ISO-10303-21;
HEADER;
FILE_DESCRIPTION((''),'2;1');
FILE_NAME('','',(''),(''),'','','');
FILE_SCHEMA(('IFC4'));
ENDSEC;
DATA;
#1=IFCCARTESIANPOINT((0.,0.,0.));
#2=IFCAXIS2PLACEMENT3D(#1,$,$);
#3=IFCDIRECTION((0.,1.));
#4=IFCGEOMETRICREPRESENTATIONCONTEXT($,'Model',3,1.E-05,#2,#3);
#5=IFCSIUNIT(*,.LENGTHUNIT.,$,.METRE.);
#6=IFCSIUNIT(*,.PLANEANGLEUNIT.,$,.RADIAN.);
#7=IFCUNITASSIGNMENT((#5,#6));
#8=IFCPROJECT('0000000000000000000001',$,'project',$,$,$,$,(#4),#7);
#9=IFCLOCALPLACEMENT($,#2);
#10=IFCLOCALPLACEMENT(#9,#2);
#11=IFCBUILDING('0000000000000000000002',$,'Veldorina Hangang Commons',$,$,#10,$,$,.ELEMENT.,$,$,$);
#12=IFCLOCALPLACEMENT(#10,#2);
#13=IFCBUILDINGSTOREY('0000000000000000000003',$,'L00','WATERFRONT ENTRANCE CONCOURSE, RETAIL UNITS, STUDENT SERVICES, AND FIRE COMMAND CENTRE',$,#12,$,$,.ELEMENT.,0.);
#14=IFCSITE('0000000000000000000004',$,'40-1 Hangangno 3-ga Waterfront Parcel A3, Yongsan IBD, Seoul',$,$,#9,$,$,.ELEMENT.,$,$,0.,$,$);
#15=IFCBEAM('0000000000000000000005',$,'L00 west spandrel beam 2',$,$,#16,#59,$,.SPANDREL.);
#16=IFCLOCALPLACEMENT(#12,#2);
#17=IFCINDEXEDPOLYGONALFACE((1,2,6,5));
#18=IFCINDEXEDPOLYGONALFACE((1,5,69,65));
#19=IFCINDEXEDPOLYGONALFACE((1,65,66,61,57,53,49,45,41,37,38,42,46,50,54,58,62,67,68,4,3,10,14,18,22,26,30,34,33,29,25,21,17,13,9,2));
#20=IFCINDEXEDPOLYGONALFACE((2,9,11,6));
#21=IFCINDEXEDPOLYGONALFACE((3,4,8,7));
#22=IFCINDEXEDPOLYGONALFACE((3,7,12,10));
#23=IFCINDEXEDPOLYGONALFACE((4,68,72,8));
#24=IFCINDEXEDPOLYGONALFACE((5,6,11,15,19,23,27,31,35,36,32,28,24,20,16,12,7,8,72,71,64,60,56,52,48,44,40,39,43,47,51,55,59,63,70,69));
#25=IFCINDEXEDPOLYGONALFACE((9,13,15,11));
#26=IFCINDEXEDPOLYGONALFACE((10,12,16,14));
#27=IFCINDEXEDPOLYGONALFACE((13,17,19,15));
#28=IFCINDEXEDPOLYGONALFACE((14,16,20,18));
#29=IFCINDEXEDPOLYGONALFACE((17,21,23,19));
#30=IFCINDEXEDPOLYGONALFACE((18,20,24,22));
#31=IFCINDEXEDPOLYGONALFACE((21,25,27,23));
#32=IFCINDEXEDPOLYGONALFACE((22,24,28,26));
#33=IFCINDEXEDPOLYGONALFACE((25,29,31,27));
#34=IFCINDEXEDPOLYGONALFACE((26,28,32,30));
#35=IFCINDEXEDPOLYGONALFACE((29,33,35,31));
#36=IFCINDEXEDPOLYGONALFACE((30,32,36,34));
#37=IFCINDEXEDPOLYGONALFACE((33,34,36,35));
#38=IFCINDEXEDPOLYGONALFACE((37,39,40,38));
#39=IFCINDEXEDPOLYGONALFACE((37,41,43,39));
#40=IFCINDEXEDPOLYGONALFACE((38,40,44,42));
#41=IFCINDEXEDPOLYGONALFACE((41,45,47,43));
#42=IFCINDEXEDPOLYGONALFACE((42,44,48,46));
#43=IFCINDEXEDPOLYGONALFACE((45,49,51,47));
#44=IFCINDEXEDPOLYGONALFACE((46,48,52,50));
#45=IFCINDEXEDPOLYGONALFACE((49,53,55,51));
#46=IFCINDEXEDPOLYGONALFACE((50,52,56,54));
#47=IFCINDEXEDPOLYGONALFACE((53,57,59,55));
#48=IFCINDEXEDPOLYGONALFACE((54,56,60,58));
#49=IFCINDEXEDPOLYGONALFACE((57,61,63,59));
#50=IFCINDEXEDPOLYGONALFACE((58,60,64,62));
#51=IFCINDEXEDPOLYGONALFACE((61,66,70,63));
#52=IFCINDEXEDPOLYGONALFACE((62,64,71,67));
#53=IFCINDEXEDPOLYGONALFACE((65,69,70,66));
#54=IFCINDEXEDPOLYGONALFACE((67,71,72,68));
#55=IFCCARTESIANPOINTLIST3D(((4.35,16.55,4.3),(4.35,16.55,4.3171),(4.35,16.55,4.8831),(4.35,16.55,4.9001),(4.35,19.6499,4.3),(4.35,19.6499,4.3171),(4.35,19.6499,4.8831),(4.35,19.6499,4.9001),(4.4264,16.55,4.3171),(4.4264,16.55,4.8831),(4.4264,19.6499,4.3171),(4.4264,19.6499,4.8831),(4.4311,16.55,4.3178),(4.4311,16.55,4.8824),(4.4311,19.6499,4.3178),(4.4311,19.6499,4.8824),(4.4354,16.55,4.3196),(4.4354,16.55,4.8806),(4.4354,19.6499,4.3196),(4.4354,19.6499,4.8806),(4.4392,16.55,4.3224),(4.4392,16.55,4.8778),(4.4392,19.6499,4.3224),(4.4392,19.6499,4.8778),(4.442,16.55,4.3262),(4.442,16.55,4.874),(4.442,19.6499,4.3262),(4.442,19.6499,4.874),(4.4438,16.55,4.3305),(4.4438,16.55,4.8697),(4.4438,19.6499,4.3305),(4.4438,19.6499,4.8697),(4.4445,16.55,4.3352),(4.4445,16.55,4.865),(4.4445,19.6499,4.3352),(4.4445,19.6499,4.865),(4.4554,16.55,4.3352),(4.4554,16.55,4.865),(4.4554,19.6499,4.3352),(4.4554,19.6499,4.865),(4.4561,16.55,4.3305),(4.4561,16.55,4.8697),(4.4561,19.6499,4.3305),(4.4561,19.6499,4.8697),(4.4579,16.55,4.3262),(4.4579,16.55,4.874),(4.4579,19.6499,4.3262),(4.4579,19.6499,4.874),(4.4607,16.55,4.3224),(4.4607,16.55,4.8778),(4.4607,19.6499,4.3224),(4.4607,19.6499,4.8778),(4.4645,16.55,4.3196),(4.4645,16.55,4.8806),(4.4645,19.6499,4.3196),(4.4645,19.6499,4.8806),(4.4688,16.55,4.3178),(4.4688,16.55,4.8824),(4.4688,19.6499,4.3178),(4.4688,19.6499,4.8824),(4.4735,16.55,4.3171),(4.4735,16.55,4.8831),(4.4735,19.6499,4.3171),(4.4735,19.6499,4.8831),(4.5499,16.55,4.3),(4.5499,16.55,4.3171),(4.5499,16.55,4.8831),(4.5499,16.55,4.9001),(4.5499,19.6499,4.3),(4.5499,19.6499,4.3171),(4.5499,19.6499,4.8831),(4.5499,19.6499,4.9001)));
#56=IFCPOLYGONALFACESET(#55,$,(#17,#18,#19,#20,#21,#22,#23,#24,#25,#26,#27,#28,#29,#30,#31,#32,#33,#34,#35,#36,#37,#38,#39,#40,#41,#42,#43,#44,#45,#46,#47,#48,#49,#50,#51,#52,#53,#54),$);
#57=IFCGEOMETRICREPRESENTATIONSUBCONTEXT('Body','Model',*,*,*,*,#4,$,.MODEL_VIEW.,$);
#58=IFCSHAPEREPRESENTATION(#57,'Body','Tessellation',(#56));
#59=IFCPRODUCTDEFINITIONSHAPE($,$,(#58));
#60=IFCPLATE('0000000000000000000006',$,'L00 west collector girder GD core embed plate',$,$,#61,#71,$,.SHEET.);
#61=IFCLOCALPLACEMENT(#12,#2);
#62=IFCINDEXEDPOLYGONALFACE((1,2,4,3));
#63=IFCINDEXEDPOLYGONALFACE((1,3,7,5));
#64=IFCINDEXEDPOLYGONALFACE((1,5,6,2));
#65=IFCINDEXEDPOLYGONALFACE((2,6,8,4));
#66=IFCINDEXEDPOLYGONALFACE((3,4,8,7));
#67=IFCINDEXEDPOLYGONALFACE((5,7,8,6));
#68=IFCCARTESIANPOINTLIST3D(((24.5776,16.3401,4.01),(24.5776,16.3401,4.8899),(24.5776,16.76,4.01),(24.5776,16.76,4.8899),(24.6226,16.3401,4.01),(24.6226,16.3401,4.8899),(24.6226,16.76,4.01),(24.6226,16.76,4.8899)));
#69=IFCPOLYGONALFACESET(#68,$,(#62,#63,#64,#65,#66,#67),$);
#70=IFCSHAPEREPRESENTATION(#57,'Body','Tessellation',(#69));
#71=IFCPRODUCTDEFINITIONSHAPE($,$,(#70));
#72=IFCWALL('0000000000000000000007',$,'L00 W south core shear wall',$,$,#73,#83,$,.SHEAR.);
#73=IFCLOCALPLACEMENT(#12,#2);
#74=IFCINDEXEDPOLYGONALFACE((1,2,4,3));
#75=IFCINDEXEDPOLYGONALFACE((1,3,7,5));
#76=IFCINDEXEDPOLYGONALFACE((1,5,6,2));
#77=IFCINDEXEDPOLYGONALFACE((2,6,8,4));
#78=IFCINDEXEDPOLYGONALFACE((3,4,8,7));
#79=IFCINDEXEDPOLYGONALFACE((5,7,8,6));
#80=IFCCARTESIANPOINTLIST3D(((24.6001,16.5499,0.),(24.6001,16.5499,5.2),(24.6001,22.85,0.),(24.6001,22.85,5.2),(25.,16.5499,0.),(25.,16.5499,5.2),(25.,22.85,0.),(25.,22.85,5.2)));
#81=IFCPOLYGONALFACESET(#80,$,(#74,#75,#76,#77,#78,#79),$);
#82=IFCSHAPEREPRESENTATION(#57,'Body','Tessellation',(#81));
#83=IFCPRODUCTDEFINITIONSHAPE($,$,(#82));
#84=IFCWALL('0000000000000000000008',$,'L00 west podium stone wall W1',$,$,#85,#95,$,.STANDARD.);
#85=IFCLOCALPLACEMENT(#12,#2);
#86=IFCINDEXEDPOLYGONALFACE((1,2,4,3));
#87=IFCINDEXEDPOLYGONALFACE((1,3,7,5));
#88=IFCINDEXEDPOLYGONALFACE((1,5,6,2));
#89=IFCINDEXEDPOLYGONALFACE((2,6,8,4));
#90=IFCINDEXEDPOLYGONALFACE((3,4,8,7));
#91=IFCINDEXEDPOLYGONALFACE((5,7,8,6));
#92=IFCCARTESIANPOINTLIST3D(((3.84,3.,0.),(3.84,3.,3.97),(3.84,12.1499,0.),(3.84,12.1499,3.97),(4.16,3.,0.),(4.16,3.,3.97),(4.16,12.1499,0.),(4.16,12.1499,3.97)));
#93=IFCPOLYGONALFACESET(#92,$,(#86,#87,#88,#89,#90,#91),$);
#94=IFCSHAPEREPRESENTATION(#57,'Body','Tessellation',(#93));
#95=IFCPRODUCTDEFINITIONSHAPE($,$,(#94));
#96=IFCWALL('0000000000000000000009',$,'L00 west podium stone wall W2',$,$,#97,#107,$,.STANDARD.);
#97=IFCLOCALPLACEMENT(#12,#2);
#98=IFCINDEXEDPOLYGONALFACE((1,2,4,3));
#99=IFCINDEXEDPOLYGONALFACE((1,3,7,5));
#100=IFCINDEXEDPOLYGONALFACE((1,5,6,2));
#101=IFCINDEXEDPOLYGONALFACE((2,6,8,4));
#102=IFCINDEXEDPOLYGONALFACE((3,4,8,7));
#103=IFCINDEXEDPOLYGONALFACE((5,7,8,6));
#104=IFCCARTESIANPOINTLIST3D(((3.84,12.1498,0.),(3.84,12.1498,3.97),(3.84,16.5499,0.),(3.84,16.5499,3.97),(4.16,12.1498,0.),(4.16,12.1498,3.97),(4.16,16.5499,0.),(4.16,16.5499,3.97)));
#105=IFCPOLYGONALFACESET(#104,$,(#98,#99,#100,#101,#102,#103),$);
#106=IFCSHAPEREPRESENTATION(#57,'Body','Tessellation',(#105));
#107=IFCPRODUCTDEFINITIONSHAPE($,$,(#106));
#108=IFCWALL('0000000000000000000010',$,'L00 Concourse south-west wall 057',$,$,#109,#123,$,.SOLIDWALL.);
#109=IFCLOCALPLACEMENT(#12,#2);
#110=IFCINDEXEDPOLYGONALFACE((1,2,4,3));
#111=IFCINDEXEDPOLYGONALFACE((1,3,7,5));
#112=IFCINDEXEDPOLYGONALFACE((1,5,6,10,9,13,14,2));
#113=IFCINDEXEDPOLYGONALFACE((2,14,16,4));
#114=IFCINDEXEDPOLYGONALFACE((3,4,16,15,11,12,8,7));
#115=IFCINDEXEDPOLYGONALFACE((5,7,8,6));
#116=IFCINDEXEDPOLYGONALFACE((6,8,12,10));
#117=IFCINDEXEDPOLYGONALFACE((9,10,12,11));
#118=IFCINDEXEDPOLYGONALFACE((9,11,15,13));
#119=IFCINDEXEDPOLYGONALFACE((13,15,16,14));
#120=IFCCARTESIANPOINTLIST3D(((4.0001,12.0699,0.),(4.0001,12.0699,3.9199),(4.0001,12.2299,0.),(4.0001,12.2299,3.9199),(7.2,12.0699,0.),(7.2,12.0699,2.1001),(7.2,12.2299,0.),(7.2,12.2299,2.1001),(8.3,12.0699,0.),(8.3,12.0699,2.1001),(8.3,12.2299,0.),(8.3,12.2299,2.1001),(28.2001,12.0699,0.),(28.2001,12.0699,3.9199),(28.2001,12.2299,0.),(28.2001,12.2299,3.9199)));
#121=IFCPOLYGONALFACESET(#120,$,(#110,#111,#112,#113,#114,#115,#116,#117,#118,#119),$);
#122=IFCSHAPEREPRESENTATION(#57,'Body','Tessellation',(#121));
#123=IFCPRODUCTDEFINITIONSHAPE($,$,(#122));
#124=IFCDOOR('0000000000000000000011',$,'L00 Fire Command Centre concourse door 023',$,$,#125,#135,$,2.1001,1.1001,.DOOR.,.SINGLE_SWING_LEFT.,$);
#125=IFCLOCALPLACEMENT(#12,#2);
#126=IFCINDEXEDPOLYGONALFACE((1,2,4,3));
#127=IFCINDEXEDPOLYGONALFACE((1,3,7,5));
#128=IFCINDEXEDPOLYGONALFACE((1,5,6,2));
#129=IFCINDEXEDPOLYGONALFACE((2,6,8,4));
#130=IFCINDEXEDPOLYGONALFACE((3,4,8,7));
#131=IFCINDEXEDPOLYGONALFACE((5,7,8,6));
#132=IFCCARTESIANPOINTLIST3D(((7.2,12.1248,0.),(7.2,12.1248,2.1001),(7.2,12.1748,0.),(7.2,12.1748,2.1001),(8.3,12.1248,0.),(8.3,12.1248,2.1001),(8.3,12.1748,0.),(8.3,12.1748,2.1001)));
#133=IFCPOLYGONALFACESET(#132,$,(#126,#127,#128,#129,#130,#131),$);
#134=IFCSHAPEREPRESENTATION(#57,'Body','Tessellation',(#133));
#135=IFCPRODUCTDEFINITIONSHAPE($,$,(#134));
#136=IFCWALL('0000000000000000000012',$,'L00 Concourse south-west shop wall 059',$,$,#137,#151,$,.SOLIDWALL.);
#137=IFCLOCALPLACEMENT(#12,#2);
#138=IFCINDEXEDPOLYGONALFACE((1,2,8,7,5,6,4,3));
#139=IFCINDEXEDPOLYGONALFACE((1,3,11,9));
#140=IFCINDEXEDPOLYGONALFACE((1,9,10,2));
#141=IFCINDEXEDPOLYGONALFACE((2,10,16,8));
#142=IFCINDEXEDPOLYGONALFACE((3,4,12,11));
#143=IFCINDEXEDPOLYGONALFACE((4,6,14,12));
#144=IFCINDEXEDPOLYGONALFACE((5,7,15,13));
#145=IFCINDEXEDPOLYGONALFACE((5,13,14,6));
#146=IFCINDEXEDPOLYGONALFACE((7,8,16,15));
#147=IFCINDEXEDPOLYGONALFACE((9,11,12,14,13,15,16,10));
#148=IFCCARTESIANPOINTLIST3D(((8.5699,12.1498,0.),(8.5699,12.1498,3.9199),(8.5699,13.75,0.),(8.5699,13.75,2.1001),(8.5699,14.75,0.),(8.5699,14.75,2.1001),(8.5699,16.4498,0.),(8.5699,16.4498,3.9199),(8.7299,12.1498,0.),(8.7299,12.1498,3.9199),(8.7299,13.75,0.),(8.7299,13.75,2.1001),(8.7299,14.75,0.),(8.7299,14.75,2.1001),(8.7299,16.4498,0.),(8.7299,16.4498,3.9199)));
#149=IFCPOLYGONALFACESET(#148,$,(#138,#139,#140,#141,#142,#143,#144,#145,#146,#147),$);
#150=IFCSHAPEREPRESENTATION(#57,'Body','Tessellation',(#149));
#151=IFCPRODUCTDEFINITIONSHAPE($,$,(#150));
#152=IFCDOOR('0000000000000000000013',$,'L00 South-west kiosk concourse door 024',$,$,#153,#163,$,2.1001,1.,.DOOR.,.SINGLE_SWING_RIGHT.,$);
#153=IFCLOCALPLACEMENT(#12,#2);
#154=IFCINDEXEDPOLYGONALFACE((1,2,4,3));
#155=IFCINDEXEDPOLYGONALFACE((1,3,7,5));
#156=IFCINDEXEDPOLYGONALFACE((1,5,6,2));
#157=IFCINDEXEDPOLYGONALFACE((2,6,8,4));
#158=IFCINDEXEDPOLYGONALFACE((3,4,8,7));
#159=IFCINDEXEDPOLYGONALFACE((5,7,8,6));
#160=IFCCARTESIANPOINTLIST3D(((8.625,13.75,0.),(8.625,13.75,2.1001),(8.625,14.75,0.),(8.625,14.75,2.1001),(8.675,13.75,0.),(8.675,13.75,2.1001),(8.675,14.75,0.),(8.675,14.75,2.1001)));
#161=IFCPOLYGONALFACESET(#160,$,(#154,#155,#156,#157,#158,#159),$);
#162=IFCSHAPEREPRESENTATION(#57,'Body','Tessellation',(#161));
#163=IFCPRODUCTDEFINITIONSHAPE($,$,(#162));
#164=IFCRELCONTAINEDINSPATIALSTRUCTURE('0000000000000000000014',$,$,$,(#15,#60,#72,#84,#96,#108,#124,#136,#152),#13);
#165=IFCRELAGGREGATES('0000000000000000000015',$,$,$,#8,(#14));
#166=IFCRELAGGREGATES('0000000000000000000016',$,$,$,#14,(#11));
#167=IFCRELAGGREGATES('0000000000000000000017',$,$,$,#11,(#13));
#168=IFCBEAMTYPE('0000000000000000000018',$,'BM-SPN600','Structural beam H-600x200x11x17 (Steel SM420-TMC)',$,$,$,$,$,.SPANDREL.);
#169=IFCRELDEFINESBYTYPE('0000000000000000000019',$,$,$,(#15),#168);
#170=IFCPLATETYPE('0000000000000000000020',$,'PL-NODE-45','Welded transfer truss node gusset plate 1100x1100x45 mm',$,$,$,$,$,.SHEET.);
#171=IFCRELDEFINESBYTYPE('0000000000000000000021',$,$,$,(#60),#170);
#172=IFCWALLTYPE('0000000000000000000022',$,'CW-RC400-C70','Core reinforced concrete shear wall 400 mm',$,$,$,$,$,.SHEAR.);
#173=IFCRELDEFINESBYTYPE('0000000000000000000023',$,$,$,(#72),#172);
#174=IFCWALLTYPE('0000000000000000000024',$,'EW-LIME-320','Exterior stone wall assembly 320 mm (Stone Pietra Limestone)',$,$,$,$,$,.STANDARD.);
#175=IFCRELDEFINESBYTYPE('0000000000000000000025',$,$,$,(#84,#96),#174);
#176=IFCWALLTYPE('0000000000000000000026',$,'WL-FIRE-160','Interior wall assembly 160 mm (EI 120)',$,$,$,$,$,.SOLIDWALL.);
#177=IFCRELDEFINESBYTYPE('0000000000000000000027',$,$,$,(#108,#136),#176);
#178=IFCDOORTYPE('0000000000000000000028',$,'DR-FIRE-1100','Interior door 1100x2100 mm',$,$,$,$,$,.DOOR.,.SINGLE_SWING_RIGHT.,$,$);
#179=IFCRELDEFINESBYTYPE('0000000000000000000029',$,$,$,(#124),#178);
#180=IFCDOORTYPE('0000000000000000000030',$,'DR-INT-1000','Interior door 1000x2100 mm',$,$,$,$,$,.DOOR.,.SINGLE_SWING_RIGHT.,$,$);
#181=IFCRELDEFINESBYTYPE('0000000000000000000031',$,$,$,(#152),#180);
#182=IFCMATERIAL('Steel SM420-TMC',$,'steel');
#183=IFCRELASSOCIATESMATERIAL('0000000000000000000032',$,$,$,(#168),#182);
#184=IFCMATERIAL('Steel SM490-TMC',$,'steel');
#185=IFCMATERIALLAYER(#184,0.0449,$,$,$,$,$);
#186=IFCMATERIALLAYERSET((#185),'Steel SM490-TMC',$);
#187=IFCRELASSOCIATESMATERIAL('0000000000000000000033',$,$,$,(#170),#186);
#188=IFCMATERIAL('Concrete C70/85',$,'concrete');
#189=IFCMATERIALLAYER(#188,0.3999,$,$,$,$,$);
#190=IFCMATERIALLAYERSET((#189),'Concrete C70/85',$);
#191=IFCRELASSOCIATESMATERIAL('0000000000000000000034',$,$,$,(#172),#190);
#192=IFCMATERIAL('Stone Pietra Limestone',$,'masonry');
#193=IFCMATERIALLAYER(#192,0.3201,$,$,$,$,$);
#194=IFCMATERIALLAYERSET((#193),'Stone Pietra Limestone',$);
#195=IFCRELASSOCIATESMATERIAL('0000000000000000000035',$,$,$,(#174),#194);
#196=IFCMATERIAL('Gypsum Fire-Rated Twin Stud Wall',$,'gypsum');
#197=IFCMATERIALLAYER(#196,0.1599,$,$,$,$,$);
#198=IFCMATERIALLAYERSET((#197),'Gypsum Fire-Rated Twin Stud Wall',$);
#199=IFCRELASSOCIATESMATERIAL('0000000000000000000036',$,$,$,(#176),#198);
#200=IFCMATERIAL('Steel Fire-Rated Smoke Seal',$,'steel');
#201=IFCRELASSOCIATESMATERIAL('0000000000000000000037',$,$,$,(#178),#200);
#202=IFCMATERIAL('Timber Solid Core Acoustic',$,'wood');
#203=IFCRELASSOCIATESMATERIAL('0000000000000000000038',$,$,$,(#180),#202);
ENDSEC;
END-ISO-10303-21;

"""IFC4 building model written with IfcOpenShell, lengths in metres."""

from ifc_helpers import new_model, si_unit, direction, frame, frame_2d, origin, origin_2d, place, context, subcontext, project, spatial, rectangle, i_section, extrude, material, layer, layer_set, material_profile, profile_set, type_object, element, fill, save


model = new_model("IFC4")

# Units and contexts
model_context = context("Model", 3, precision=1e-05, world=origin(), true_north=direction((0.0, 1.0)))
body_context = subcontext(model_context, "Body", "Model", "MODEL_VIEW")
ifc_project = project(units=[si_unit("LENGTHUNIT", "METRE"), si_unit("PLANEANGLEUNIT", "RADIAN")], contexts=[model_context])

# Site, building, storey
site_placement = place(None, origin())
site = spatial("IfcSite", under=ifc_project, at=site_placement, Name="40-1 Hangangno 3-ga Waterfront Parcel A3, Yongsan IBD, Seoul", CompositionType="ELEMENT", RefElevation=0.0)
building_placement = place(site_placement, origin())
building = spatial("IfcBuilding", under=site, at=building_placement, Name="Veldorina Hangang Commons", CompositionType="ELEMENT")
storey_placement = place(building_placement, origin())
storey = spatial("IfcBuildingStorey", under=building, at=storey_placement, Name="L00", Description="WATERFRONT ENTRANCE CONCOURSE, RETAIL UNITS, STUDENT SERVICES, AND FIRE COMMAND CENTRE", CompositionType="ELEMENT", Elevation=0.0)

# Shared definitions
ifc_material_1 = material(Name="Steel SM490-TMC", Category="steel")

# Beam
ifc_material_2 = material(Name="Steel SM420-TMC", Category="steel")
ifc_material_profile_1 = material_profile(ifc_material_2, i_section(OverallWidth=0.2, OverallDepth=0.6001, WebThickness=0.011, FlangeThickness=0.0171, FilletRadius=0.0181, at=origin_2d()), Name="H-600x200x11x17")
ifc_profile_set_1 = profile_set([ifc_material_profile_1], Name="Steel SM420-TMC")
beam_type_1 = type_object("IfcBeamType", Name="BM-SPN600", Description="Structural beam H-600x200x11x17 (Steel SM420-TMC)", PredefinedType="SPANDREL", material=ifc_profile_set_1)
beam_1_placement = place(storey_placement, frame((4.45, 16.55, 4.6001), z_axis=(0.0, 1.0, 0.0), x_axis=(-1.0, 0.0, 0.0)))
element("IfcBeam", 1, at=beam_1_placement, inside=storey, type_object=beam_type_1, Name="L00 west spandrel beam 2", PredefinedType="SPANDREL", context=body_context, shape_type="SweptSolid", body=[
    extrude(i_section(OverallWidth=0.2, OverallDepth=0.6001, WebThickness=0.011, FlangeThickness=0.0171, FilletRadius=0.0181, at=origin_2d()), origin(), (0.0, 0.0, 1.0), 3.0999),
])

# Plate
ifc_layer_1 = layer(ifc_material_1, 0.0449)
ifc_layer_set_1 = layer_set([ifc_layer_1], Name="Steel SM490-TMC")
plate_type = type_object("IfcPlateType", Name="PL-NODE-45", Description="Welded transfer truss node gusset plate 1100x1100x45 mm", PredefinedType="SHEET", material=ifc_layer_set_1)
plate_placement = place(storey_placement, frame((24.6001, 16.55, 4.01), z_axis=(0.0, 0.0, 1.0), x_axis=(1.0, 0.0, 0.0)))
element("IfcPlate", 2, at=plate_placement, inside=storey, type_object=plate_type, Name="L00 west collector girder GD core embed plate", PredefinedType="SHEET", context=body_context, shape_type="SweptSolid", body=[
    extrude(rectangle(XDim=0.0449, YDim=0.4199, at=origin_2d()), origin(), (0.0, 0.0, 1.0), 0.8799),
])

# Walls
ifc_material_3 = material(Name="Concrete C70/85", Category="concrete")
ifc_layer_2 = layer(ifc_material_3, 0.3999)
ifc_layer_set_2 = layer_set([ifc_layer_2], Name="Concrete C70/85")
wall_type_1 = type_object("IfcWallType", Name="CW-RC400-C70", Description="Core reinforced concrete shear wall 400 mm", PredefinedType="SHEAR", material=ifc_layer_set_2)
wall_1_placement = place(storey_placement, frame((24.8, 16.55, 0.0), z_axis=(0.0, 0.0, 1.0), x_axis=(0.0, 1.0, 0.0)))
element("IfcWall", 3, at=wall_1_placement, inside=storey, type_object=wall_type_1, Name="L00 W south core shear wall", PredefinedType="SHEAR", context=body_context, shape_type="SweptSolid", body=[
    extrude(rectangle(XDim=6.3, YDim=0.3999, at=frame_2d((3.1499, 0.0))), origin(), (0.0, 0.0, 1.0), 5.2),
])
ifc_material_4 = material(Name="Stone Pietra Limestone", Category="masonry")
ifc_layer_3 = layer(ifc_material_4, 0.3201)
ifc_layer_set_3 = layer_set([ifc_layer_3], Name="Stone Pietra Limestone")
wall_type_2 = type_object("IfcWallType", Name="EW-LIME-320", Description="Exterior stone wall assembly 320 mm (Stone Pietra Limestone)", PredefinedType="STANDARD", material=ifc_layer_set_3)
wall_2_placement = place(storey_placement, frame((4.0, 12.1499, 0.0), z_axis=(0.0, 0.0, 1.0), x_axis=(0.0, -1.0, 0.0)))
element("IfcWall", 4, at=wall_2_placement, inside=storey, type_object=wall_type_2, Name="L00 west podium stone wall W1", PredefinedType="STANDARD", context=body_context, shape_type="SweptSolid", body=[
    extrude(rectangle(XDim=9.1499, YDim=0.3201, at=frame_2d((4.575, 0.0))), origin(), (0.0, 0.0, 1.0), 3.97),
])
wall_3_placement = place(storey_placement, frame((4.0, 16.55, 0.0), z_axis=(0.0, 0.0, 1.0), x_axis=(0.0, -1.0, 0.0)))
element("IfcWall", 5, at=wall_3_placement, inside=storey, type_object=wall_type_2, Name="L00 west podium stone wall W2", PredefinedType="STANDARD", context=body_context, shape_type="SweptSolid", body=[
    extrude(rectangle(XDim=4.4001, YDim=0.3201, at=frame_2d((2.2002, 0.0))), origin(), (0.0, 0.0, 1.0), 3.97),
])

# Walls, openings, doors
ifc_material_5 = material(Name="Gypsum Fire-Rated Twin Stud Wall", Category="gypsum")
ifc_layer_4 = layer(ifc_material_5, 0.1599)
ifc_layer_set_4 = layer_set([ifc_layer_4], Name="Gypsum Fire-Rated Twin Stud Wall")
wall_type_3 = type_object("IfcWallType", Name="WL-FIRE-160", Description="Interior wall assembly 160 mm (EI 120)", PredefinedType="SOLIDWALL", material=ifc_layer_set_4)
wall_4_placement = place(storey_placement, frame((4.0, 12.1499, 0.0), z_axis=(0.0, 0.0, 1.0), x_axis=(1.0, 0.0, 0.0)))
wall_4 = element("IfcWall", 6, at=wall_4_placement, inside=storey, type_object=wall_type_3, Name="L00 Concourse south-west wall 057", PredefinedType="SOLIDWALL", context=body_context, shape_type="SweptSolid", body=[
    extrude(rectangle(XDim=24.2, YDim=0.1599, at=frame_2d((12.1001, 0.0))), origin(), (0.0, 0.0, 1.0), 3.9199),
])
opening_1_placement = place(wall_4_placement, frame((3.2, 0.0, 0.0)))
opening_1 = element("IfcOpeningElement", 7, at=opening_1_placement, cuts=wall_4, PredefinedType="OPENING", context=body_context, shape_type="SweptSolid", body=[
    extrude(rectangle(XDim=1.1001, YDim=2.1001, at=frame_2d((0.55, 1.05))), frame((0.0, 0.0898, 0.0), z_axis=(0.0, -1.0, 0.0), x_axis=(1.0, 0.0, 0.0)), (0.0, 0.0, 1.0), 0.1799),
])
ifc_material_6 = material(Name="Steel Fire-Rated Smoke Seal", Category="steel")
door_type_1 = type_object("IfcDoorType", Name="DR-FIRE-1100", Description="Interior door 1100x2100 mm", OperationType="SINGLE_SWING_RIGHT", PredefinedType="DOOR", material=ifc_material_6)
door_1_placement = place(opening_1_placement, origin())
door_1 = element("IfcDoor", 8, at=door_1_placement, inside=storey, type_object=door_type_1, Name="L00 Fire Command Centre concourse door 023", OperationType="SINGLE_SWING_LEFT", OverallHeight=2.1001, OverallWidth=1.1001, PredefinedType="DOOR", context=body_context, shape_type="SweptSolid", body=[
    extrude(rectangle(XDim=1.1001, YDim=2.1001, at=frame_2d((0.55, 1.05))), frame((0.0, 0.0249, 0.0), z_axis=(0.0, -1.0, 0.0), x_axis=(1.0, 0.0, 0.0)), (0.0, 0.0, 1.0), 0.05),
])
fill(opening_1, door_1)
wall_5_placement = place(storey_placement, frame((8.6499, 12.1499, 0.0), z_axis=(0.0, 0.0, 1.0), x_axis=(0.0, 1.0, 0.0)))
wall_5 = element("IfcWall", 9, at=wall_5_placement, inside=storey, type_object=wall_type_3, Name="L00 Concourse south-west shop wall 059", PredefinedType="SOLIDWALL", context=body_context, shape_type="SweptSolid", body=[
    extrude(rectangle(XDim=4.3, YDim=0.1599, at=frame_2d((2.1499, 0.0))), origin(), (0.0, 0.0, 1.0), 3.9199),
])
opening_2_placement = place(wall_5_placement, frame((1.6001, 0.0, 0.0)))
opening_2 = element("IfcOpeningElement", 10, at=opening_2_placement, cuts=wall_5, PredefinedType="OPENING", context=body_context, shape_type="SweptSolid", body=[
    extrude(rectangle(XDim=1.0, YDim=2.1001, at=frame_2d((0.5, 1.05))), frame((0.0, 0.0898, 0.0), z_axis=(0.0, -1.0, 0.0), x_axis=(1.0, 0.0, 0.0)), (0.0, 0.0, 1.0), 0.1799),
])
ifc_material_7 = material(Name="Timber Solid Core Acoustic", Category="wood")
door_type_2 = type_object("IfcDoorType", Name="DR-INT-1000", Description="Interior door 1000x2100 mm", OperationType="SINGLE_SWING_RIGHT", PredefinedType="DOOR", material=ifc_material_7)
door_2_placement = place(opening_2_placement, origin())
door_2 = element("IfcDoor", 11, at=door_2_placement, inside=storey, type_object=door_type_2, Name="L00 South-west kiosk concourse door 024", OperationType="SINGLE_SWING_RIGHT", OverallHeight=2.1001, OverallWidth=1.0, PredefinedType="DOOR", context=body_context, shape_type="SweptSolid", body=[
    extrude(rectangle(XDim=1.0, YDim=2.1001, at=frame_2d((0.5, 1.05))), frame((0.0, 0.0249, 0.0), z_axis=(0.0, -1.0, 0.0), x_axis=(1.0, 0.0, 0.0)), (0.0, 0.0, 1.0), 0.05),
])
fill(opening_2, door_2)

save(model, "model.ifc")
